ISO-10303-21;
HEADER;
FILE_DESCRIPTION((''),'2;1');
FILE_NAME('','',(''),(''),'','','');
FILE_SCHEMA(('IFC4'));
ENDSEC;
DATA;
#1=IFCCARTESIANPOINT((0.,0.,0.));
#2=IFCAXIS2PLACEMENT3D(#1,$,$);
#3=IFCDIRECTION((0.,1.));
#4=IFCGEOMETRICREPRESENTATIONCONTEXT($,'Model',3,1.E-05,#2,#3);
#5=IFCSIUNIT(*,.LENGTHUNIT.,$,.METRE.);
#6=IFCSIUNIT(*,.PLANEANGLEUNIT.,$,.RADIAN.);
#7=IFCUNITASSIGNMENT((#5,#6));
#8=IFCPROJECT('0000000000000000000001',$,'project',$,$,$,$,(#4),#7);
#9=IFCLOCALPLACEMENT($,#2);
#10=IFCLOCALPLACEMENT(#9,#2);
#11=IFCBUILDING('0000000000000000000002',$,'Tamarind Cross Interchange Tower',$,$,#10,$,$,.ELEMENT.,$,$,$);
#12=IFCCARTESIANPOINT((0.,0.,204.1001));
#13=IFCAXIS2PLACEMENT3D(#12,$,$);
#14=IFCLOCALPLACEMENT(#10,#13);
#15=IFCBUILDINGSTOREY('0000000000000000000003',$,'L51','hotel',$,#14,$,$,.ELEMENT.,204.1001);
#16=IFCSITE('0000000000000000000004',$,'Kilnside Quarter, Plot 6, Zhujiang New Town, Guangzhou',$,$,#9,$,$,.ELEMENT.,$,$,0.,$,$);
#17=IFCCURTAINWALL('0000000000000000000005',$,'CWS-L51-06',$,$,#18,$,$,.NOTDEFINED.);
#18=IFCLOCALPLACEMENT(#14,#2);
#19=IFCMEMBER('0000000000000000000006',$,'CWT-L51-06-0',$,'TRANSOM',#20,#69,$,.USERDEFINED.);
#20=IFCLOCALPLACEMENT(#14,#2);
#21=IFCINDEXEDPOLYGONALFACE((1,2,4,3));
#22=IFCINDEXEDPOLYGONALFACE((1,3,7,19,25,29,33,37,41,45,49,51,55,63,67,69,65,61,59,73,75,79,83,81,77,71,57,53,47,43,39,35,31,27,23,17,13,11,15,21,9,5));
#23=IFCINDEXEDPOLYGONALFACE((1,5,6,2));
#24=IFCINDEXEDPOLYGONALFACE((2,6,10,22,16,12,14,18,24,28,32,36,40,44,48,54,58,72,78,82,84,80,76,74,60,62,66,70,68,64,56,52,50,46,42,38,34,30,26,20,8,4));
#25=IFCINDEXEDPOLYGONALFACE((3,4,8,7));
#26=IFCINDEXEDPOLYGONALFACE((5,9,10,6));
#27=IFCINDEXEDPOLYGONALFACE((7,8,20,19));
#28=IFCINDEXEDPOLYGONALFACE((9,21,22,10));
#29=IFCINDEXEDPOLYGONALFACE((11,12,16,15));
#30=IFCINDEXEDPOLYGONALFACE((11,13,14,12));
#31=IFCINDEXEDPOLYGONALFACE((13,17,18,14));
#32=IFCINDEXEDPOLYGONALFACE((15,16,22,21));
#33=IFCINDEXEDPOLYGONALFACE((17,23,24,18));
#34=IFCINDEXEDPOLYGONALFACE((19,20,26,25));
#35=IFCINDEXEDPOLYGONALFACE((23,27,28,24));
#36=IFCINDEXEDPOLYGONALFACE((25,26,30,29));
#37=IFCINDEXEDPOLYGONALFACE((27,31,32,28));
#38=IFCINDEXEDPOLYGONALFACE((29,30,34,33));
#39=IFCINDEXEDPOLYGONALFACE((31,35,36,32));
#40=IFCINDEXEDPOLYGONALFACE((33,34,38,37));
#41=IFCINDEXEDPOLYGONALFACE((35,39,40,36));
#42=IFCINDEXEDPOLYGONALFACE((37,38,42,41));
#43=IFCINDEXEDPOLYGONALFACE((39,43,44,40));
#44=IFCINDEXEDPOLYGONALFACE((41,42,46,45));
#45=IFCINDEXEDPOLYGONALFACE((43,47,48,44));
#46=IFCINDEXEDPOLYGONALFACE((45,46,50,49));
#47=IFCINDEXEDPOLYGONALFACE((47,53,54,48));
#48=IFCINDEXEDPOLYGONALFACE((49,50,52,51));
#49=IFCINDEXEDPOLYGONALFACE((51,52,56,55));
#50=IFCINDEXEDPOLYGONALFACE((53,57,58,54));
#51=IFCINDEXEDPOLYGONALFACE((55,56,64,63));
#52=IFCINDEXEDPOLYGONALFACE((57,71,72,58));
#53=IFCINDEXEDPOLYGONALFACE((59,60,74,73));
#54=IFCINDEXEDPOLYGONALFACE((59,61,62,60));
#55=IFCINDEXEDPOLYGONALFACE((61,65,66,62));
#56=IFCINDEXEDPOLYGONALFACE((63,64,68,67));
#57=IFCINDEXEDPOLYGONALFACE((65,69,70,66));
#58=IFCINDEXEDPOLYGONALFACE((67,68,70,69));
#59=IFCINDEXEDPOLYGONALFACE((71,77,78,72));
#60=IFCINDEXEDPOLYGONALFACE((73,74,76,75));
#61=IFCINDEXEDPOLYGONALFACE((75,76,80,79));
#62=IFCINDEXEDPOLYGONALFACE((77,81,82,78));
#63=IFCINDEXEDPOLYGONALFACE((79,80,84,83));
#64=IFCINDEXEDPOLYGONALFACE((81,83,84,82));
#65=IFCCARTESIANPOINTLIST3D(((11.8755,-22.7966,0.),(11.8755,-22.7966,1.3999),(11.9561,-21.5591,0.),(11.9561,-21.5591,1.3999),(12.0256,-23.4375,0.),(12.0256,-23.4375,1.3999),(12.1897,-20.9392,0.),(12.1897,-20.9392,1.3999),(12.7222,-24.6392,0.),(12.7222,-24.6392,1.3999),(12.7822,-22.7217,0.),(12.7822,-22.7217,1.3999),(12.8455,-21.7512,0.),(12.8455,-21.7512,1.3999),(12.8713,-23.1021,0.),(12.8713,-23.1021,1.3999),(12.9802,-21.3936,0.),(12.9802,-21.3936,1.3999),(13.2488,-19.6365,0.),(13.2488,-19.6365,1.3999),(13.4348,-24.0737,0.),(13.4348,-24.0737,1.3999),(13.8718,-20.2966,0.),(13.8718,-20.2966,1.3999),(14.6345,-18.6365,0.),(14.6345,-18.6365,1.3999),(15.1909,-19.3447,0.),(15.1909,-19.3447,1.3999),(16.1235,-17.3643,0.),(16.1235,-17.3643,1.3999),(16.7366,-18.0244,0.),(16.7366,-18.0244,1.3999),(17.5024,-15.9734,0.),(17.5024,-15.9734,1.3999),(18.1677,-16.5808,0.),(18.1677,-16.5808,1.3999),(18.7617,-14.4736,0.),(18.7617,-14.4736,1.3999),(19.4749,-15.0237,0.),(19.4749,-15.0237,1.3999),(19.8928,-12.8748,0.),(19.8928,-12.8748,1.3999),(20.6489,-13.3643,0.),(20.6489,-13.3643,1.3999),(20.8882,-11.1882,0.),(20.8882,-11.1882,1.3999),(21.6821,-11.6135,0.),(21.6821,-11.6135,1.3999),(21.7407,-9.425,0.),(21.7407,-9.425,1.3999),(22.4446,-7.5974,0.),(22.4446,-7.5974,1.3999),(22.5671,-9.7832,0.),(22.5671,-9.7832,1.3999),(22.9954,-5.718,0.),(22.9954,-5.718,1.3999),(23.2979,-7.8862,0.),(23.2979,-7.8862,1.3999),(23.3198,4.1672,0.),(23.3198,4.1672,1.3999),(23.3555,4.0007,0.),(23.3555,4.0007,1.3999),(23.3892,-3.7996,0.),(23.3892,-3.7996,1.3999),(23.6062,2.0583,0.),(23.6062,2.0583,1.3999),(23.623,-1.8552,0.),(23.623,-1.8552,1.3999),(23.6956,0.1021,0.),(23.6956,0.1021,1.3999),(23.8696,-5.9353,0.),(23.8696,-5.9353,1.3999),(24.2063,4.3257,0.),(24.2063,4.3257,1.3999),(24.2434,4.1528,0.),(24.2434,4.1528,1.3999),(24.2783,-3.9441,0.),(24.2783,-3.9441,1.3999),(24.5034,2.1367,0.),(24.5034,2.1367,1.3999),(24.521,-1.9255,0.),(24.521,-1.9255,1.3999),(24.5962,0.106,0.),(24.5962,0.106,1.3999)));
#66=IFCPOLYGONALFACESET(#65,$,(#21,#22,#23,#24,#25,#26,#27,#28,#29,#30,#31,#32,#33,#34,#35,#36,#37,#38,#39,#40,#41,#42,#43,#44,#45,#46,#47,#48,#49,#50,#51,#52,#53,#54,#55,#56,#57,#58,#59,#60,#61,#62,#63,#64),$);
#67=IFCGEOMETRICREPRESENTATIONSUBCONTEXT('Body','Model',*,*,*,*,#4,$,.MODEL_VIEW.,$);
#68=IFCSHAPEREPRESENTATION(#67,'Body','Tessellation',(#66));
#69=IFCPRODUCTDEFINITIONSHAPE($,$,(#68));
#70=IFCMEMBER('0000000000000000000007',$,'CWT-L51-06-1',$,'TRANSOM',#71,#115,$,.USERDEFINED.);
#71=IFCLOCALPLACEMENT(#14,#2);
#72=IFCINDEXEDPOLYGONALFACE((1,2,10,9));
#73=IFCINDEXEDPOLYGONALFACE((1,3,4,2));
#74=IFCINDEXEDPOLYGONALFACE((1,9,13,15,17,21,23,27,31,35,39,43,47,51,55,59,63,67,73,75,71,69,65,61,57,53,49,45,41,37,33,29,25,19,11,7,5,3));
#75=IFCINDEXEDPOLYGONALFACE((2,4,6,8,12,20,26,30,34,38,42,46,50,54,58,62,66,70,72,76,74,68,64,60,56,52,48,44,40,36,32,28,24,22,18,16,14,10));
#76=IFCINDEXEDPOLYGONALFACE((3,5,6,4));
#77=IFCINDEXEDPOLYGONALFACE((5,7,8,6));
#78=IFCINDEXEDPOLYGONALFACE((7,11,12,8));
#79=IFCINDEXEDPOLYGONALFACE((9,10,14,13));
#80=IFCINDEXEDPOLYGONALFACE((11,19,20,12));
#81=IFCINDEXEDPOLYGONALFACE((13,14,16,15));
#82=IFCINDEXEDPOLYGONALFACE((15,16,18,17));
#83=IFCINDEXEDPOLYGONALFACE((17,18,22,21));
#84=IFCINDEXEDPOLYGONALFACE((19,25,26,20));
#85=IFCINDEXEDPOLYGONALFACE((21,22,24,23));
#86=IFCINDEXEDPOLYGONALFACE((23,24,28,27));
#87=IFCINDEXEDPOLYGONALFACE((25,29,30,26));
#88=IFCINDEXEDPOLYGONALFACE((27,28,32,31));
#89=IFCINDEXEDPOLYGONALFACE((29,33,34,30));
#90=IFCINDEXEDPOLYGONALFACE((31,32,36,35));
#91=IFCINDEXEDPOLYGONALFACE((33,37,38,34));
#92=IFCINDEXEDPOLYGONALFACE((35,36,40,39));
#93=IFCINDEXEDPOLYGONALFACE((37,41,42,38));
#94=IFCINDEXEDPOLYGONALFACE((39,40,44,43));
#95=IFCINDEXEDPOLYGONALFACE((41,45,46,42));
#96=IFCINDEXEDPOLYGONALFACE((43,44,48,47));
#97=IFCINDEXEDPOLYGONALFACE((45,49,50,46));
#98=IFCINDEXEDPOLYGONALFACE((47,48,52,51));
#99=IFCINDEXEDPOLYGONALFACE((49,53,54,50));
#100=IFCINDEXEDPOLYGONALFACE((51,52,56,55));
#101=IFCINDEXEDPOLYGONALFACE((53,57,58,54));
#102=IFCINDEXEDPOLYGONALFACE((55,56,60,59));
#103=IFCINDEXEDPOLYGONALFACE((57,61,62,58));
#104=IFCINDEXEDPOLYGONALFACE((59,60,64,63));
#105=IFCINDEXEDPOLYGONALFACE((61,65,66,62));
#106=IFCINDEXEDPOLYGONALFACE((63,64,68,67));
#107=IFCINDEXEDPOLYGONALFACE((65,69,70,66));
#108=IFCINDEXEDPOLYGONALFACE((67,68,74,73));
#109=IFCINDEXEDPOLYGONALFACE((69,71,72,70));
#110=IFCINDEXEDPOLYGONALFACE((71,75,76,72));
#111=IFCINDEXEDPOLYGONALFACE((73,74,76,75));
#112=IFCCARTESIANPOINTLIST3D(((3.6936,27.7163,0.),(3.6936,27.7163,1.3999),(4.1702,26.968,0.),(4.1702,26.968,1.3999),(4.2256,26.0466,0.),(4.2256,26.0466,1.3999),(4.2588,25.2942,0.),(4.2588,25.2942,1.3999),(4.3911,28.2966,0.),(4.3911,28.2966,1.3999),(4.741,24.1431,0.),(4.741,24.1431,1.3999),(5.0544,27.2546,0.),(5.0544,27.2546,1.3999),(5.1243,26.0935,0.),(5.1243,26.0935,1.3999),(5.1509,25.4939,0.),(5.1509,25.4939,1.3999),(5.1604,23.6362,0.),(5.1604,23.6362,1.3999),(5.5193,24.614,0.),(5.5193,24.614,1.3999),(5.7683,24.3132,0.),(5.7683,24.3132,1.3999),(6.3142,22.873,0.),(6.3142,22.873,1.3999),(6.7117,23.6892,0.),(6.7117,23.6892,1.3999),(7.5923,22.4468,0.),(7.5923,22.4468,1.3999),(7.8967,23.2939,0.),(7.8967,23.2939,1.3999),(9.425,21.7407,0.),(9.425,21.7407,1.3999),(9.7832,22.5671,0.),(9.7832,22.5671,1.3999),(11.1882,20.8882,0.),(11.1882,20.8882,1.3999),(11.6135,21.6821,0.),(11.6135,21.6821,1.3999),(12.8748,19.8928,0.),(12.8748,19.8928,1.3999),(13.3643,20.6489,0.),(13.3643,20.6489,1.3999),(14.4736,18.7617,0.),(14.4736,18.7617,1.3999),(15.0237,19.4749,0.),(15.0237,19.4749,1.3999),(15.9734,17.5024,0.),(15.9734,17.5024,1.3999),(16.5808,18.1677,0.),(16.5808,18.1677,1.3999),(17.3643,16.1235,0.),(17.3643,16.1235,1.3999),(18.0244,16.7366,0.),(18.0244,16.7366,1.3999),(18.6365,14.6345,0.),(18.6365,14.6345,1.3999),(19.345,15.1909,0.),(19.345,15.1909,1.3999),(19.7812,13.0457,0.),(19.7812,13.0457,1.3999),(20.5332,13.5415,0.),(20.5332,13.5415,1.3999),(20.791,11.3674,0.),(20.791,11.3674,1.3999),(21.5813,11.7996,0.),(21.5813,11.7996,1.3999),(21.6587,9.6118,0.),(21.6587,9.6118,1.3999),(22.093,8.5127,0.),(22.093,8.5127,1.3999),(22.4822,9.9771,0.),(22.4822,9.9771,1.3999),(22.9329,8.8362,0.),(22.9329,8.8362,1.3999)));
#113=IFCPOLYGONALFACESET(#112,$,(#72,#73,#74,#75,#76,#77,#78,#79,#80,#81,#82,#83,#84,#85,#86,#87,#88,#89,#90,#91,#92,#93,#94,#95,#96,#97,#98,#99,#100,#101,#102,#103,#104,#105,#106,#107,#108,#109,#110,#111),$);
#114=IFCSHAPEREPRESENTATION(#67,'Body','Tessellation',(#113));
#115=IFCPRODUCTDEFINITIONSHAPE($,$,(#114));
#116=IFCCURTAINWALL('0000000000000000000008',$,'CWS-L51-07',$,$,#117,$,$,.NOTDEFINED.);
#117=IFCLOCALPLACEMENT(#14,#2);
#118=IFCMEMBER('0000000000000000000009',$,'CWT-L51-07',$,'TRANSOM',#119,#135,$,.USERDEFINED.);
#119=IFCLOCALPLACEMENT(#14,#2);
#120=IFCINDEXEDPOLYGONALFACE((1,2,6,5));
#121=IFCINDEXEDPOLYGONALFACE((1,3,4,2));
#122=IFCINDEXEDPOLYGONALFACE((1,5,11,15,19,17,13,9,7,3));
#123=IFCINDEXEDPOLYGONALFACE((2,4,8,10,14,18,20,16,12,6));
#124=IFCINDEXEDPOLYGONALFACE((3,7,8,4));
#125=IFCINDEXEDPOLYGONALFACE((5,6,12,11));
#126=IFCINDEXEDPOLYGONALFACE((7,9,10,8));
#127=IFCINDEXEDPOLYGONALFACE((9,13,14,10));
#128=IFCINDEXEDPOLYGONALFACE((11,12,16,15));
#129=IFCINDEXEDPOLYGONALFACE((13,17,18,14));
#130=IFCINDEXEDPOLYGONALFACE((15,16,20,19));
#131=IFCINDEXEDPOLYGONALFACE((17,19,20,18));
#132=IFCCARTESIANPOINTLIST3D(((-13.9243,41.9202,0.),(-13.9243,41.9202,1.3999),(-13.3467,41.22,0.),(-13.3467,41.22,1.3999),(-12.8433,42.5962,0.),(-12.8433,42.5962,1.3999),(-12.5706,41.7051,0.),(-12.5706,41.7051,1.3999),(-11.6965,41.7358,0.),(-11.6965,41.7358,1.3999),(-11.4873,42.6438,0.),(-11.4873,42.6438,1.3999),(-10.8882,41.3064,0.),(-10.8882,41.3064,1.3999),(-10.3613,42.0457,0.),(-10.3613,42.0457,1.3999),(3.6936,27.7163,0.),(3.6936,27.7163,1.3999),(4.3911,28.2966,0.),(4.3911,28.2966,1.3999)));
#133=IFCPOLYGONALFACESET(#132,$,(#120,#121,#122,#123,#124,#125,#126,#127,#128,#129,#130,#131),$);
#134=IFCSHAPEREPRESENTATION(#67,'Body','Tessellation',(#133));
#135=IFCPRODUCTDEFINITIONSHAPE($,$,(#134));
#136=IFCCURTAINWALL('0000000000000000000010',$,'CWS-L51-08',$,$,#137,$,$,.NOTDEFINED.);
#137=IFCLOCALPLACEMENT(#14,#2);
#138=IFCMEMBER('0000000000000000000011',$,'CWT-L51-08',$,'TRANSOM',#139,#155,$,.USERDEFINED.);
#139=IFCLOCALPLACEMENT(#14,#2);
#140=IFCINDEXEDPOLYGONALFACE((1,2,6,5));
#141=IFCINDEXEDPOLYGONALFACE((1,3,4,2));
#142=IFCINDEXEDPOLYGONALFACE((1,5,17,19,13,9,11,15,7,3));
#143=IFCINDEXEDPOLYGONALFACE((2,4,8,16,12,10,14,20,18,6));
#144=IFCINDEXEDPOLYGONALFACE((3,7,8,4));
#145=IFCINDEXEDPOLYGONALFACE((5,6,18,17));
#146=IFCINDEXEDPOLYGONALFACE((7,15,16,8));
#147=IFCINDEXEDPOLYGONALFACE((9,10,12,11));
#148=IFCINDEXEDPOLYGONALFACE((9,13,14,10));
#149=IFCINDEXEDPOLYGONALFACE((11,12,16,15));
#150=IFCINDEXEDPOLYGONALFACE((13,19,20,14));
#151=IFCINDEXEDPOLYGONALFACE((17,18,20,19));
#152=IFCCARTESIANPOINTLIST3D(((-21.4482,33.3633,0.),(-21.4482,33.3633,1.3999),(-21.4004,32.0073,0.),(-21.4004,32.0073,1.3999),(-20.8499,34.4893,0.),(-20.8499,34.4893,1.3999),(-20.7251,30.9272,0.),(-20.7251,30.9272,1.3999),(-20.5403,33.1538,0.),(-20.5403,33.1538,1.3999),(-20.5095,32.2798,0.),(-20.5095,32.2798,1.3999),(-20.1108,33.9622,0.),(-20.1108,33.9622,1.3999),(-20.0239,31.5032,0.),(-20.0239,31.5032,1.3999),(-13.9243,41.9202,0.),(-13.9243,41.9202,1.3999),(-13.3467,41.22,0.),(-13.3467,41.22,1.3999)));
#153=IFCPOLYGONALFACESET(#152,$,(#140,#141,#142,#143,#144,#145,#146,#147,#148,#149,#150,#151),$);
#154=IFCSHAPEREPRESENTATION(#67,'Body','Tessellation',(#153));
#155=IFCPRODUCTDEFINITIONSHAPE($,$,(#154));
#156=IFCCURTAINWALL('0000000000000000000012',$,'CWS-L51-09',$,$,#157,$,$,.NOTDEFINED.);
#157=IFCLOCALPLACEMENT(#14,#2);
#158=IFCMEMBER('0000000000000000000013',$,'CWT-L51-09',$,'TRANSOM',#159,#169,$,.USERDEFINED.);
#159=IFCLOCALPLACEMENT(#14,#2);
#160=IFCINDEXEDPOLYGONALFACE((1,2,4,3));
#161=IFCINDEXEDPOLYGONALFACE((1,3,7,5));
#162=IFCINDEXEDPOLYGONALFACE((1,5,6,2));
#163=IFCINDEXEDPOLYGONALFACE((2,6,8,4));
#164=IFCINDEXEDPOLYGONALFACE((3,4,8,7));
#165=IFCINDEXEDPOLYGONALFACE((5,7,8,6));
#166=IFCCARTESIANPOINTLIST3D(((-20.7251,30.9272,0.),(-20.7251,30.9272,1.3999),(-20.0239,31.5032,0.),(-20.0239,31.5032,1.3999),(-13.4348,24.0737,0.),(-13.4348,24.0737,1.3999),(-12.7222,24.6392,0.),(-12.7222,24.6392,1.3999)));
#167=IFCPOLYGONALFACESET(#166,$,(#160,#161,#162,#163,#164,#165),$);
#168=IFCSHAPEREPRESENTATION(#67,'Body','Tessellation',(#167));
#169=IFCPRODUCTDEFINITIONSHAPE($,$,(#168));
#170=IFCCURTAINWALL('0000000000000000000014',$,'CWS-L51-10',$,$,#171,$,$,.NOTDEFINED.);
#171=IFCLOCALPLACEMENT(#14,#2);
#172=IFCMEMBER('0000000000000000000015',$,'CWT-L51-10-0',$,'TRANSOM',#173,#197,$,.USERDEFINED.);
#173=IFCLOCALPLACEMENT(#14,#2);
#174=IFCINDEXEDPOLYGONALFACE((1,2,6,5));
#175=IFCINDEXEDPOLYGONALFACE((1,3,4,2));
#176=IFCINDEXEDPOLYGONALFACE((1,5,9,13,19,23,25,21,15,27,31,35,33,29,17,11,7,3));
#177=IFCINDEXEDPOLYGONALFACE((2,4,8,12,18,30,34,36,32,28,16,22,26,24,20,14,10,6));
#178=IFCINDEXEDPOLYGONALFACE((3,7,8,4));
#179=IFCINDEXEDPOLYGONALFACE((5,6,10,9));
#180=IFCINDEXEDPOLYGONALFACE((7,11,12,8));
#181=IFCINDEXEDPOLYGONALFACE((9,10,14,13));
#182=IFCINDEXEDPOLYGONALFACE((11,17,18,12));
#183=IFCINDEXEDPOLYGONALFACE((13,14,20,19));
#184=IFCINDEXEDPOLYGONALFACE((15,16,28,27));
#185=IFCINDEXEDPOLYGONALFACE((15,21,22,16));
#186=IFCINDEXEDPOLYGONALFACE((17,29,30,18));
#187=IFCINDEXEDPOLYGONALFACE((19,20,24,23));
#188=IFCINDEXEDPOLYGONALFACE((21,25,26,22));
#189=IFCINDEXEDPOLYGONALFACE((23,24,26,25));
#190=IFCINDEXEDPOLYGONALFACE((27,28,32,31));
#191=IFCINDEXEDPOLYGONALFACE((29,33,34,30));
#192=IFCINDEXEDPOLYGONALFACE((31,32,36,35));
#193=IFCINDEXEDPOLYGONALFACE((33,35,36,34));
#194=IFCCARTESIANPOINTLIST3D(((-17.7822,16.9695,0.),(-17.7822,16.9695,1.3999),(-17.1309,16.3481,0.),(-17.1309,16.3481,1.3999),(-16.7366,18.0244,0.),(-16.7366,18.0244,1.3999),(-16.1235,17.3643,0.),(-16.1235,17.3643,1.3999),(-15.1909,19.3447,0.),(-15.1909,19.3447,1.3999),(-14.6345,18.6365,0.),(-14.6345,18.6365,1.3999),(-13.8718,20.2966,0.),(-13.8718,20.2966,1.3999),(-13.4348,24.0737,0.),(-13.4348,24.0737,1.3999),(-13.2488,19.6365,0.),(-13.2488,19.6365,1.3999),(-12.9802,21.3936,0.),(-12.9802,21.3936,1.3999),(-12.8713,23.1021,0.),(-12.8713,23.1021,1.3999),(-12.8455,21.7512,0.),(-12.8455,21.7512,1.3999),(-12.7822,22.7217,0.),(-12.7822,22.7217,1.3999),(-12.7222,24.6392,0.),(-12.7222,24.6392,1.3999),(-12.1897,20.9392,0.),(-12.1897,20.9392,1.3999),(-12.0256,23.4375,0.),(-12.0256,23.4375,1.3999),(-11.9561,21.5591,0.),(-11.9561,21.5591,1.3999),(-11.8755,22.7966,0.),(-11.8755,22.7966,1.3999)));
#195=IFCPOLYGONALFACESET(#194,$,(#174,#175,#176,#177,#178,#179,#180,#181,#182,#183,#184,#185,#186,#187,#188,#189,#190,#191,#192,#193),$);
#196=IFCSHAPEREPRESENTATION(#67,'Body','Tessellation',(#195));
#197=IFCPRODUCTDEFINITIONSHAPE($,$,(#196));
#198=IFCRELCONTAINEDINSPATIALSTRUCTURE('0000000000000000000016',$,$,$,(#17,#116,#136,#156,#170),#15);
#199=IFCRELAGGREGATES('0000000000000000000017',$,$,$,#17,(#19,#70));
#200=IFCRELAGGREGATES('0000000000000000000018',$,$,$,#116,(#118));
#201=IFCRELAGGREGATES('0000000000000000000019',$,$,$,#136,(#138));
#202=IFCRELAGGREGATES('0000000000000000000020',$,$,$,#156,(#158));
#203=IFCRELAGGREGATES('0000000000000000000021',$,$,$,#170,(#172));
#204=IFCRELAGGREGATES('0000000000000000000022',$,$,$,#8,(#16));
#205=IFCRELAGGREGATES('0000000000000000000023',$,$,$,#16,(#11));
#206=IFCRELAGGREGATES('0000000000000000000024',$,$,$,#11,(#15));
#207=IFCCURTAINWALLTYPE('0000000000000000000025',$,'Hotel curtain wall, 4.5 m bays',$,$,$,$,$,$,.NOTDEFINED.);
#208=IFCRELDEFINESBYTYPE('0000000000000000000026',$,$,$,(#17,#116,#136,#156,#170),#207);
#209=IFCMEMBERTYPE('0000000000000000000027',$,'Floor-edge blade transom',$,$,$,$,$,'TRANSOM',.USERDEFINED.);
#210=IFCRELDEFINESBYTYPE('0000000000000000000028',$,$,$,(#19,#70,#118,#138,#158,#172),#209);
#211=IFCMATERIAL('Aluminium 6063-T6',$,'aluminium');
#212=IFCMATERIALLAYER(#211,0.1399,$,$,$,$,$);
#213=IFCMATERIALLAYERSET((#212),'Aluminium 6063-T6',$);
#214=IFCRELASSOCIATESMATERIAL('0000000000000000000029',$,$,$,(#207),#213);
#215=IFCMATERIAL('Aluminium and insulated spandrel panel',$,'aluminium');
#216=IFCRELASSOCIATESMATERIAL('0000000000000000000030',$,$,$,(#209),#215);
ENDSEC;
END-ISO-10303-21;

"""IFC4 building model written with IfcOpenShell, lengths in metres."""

from ifc_helpers import new_model, si_unit, direction, frame, origin, place, context, subcontext, project, spatial, polyline, outline, extrude, material, layer, layer_set, type_object, element, aggregate, save


model = new_model("IFC4")

# Units and contexts
model_context = context("Model", 3, precision=1e-05, world=origin(), true_north=direction((0.0, 1.0)))
body_context = subcontext(model_context, "Body", "Model", "MODEL_VIEW")
ifc_project = project(units=[si_unit("LENGTHUNIT", "METRE"), si_unit("PLANEANGLEUNIT", "RADIAN")], contexts=[model_context])

# Site, building, storey
site_placement = place(None, origin())
site = spatial("IfcSite", under=ifc_project, at=site_placement, Name="Kilnside Quarter, Plot 6, Zhujiang New Town, Guangzhou", CompositionType="ELEMENT", RefElevation=0.0)
building_placement = place(site_placement, origin())
building = spatial("IfcBuilding", under=site, at=building_placement, Name="Tamarind Cross Interchange Tower", CompositionType="ELEMENT")
storey_placement = place(building_placement, frame((0.0, 0.0, 204.1001)))
storey = spatial("IfcBuildingStorey", under=building, at=storey_placement, Name="L51", Description="hotel", CompositionType="ELEMENT", Elevation=204.1001)

# Curtain wall, members
ifc_material_1 = material(Name="Aluminium 6063-T6", Category="aluminium")
ifc_layer_1 = layer(ifc_material_1, 0.1399)
ifc_layer_set_1 = layer_set([ifc_layer_1], Name="Aluminium 6063-T6")
curtain_wall_type = type_object("IfcCurtainWallType", Name="Hotel curtain wall, 4.5 m bays", PredefinedType="NOTDEFINED", material=ifc_layer_set_1)
curtain_wall_1_placement = place(storey_placement, origin())
curtain_wall_1 = element("IfcCurtainWall", 1, at=curtain_wall_1_placement, inside=storey, type_object=curtain_wall_type, Name="CWS-L51-06", PredefinedType="NOTDEFINED")
ifc_material_2 = material(Name="Aluminium and insulated spandrel panel", Category="aluminium")
member_type = type_object("IfcMemberType", Name="Floor-edge blade transom", ElementType="TRANSOM", PredefinedType="USERDEFINED", material=ifc_material_2)
member_1_placement = place(storey_placement, origin())
member_1 = element("IfcMember", 2, at=member_1_placement, type_object=member_type, Name="CWT-L51-06-0", ObjectType="TRANSOM", PredefinedType="USERDEFINED", context=body_context, shape_type="SweptSolid", body=[
    extrude(outline(polyline([(12.7222, -24.6392), (12.0256, -23.4375), (11.8755, -22.7966), (11.9561, -21.5591), (12.1897, -20.9392), (13.2488, -19.6365), (14.6345, -18.6365), (16.1235, -17.3643), (17.5024, -15.9734), (18.7617, -14.4736), (19.8928, -12.8748), (20.8882, -11.1882), (21.7407, -9.425), (22.4446, -7.5974), (22.9954, -5.718), (23.3892, -3.7996), (23.623, -1.8552), (23.6956, 0.1021), (23.6062, 2.0583), (23.3555, 4.0007), (23.3198, 4.1672), (24.2063, 4.3257), (24.2434, 4.1528), (24.5034, 2.1367), (24.5962, 0.106), (24.521, -1.9255), (24.2783, -3.9441), (23.8696, -5.9353), (23.2979, -7.8862), (22.5671, -9.7832), (21.6821, -11.6135), (20.6489, -13.3643), (19.4749, -15.0237), (18.1677, -16.5808), (16.7366, -18.0244), (15.1909, -19.3447), (13.8718, -20.2966), (12.9802, -21.3936), (12.8455, -21.7512), (12.7822, -22.7217), (12.8713, -23.1021), (13.4348, -24.0737), (12.7222, -24.6392)])), origin(), (0.0, 0.0, 1.0), 1.3999),
])
member_2_placement = place(storey_placement, origin())
member_2 = element("IfcMember", 3, at=member_2_placement, type_object=member_type, Name="CWT-L51-06-1", ObjectType="TRANSOM", PredefinedType="USERDEFINED", context=body_context, shape_type="SweptSolid", body=[
    extrude(outline(polyline([(22.093, 8.5127), (21.6587, 9.6118), (20.791, 11.3674), (19.7812, 13.0457), (18.6365, 14.6345), (17.3643, 16.1235), (15.9734, 17.5024), (14.4736, 18.7617), (12.8748, 19.8928), (11.1882, 20.8882), (9.425, 21.7407), (7.5923, 22.4468), (6.3142, 22.873), (5.1604, 23.6362), (4.741, 24.1431), (4.2588, 25.2942), (4.2256, 26.0466), (4.1702, 26.968), (3.6936, 27.7163), (4.3911, 28.2966), (5.0544, 27.2546), (5.1243, 26.0935), (5.1509, 25.4939), (5.5193, 24.614), (5.7683, 24.3132), (6.7117, 23.6892), (7.8967, 23.2939), (9.7832, 22.5671), (11.6135, 21.6821), (13.3643, 20.6489), (15.0237, 19.4749), (16.5808, 18.1677), (18.0244, 16.7366), (19.345, 15.1909), (20.5332, 13.5415), (21.5813, 11.7996), (22.4822, 9.9771), (22.9329, 8.8362), (22.093, 8.5127)])), origin(), (0.0, 0.0, 1.0), 1.3999),
])
aggregate(curtain_wall_1, [member_1, member_2])

# Curtain walls, members
curtain_wall_2_placement = place(storey_placement, origin())
curtain_wall_2 = element("IfcCurtainWall", 4, at=curtain_wall_2_placement, inside=storey, type_object=curtain_wall_type, Name="CWS-L51-07", PredefinedType="NOTDEFINED")
member_3_placement = place(storey_placement, origin())
member_3 = element("IfcMember", 5, at=member_3_placement, type_object=member_type, Name="CWT-L51-07", ObjectType="TRANSOM", PredefinedType="USERDEFINED", context=body_context, shape_type="SweptSolid", body=[
    extrude(outline(polyline([(3.6936, 27.7163), (-10.8882, 41.3064), (-11.6965, 41.7358), (-12.5706, 41.7051), (-13.3467, 41.22), (-13.9243, 41.9202), (-12.8433, 42.5962), (-11.4873, 42.6438), (-10.3613, 42.0457), (4.3911, 28.2966), (3.6936, 27.7163)])), origin(), (0.0, 0.0, 1.0), 1.3999),
])
aggregate(curtain_wall_2, [member_3])
curtain_wall_3_placement = place(storey_placement, origin())
curtain_wall_3 = element("IfcCurtainWall", 6, at=curtain_wall_3_placement, inside=storey, type_object=curtain_wall_type, Name="CWS-L51-08", PredefinedType="NOTDEFINED")
member_4_placement = place(storey_placement, origin())
member_4 = element("IfcMember", 7, at=member_4_placement, type_object=member_type, Name="CWT-L51-08", ObjectType="TRANSOM", PredefinedType="USERDEFINED", context=body_context, shape_type="SweptSolid", body=[
    extrude(outline(polyline([(-13.3467, 41.22), (-20.1108, 33.9622), (-20.5403, 33.1538), (-20.5095, 32.2798), (-20.0239, 31.5032), (-20.7251, 30.9272), (-21.4004, 32.0073), (-21.4482, 33.3633), (-20.8499, 34.4893), (-13.9243, 41.9202), (-13.3467, 41.22)])), origin(), (0.0, 0.0, 1.0), 1.3999),
])
aggregate(curtain_wall_3, [member_4])
curtain_wall_4_placement = place(storey_placement, origin())
curtain_wall_4 = element("IfcCurtainWall", 8, at=curtain_wall_4_placement, inside=storey, type_object=curtain_wall_type, Name="CWS-L51-09", PredefinedType="NOTDEFINED")
member_5_placement = place(storey_placement, origin())
member_5 = element("IfcMember", 9, at=member_5_placement, type_object=member_type, Name="CWT-L51-09", ObjectType="TRANSOM", PredefinedType="USERDEFINED", context=body_context, shape_type="SweptSolid", body=[
    extrude(outline(polyline([(-20.0239, 31.5032), (-12.7222, 24.6392), (-13.4348, 24.0737), (-20.7251, 30.9272), (-20.0239, 31.5032)])), origin(), (0.0, 0.0, 1.0), 1.3999),
])
aggregate(curtain_wall_4, [member_5])

# Curtain wall, member
curtain_wall_5_placement = place(storey_placement, origin())
curtain_wall_5 = element("IfcCurtainWall", 10, at=curtain_wall_5_placement, inside=storey, type_object=curtain_wall_type, Name="CWS-L51-10", PredefinedType="NOTDEFINED")
member_6_placement = place(storey_placement, origin())
member_6 = element("IfcMember", 11, at=member_6_placement, type_object=member_type, Name="CWT-L51-10-0", ObjectType="TRANSOM", PredefinedType="USERDEFINED", context=body_context, shape_type="SweptSolid", body=[
    extrude(outline(polyline([(-12.7222, 24.6392), (-12.0256, 23.4375), (-11.8755, 22.7966), (-11.9561, 21.5591), (-12.1897, 20.9392), (-13.2488, 19.6365), (-14.6345, 18.6365), (-16.1235, 17.3643), (-17.1309, 16.3481), (-17.7822, 16.9695), (-16.7366, 18.0244), (-15.1909, 19.3447), (-13.8718, 20.2966), (-12.9802, 21.3936), (-12.8455, 21.7512), (-12.7822, 22.7217), (-12.8713, 23.1021), (-13.4348, 24.0737), (-12.7222, 24.6392)])), origin(), (0.0, 0.0, 1.0), 1.3999),
])
aggregate(curtain_wall_5, [member_6])

save(model, "model.ifc")
